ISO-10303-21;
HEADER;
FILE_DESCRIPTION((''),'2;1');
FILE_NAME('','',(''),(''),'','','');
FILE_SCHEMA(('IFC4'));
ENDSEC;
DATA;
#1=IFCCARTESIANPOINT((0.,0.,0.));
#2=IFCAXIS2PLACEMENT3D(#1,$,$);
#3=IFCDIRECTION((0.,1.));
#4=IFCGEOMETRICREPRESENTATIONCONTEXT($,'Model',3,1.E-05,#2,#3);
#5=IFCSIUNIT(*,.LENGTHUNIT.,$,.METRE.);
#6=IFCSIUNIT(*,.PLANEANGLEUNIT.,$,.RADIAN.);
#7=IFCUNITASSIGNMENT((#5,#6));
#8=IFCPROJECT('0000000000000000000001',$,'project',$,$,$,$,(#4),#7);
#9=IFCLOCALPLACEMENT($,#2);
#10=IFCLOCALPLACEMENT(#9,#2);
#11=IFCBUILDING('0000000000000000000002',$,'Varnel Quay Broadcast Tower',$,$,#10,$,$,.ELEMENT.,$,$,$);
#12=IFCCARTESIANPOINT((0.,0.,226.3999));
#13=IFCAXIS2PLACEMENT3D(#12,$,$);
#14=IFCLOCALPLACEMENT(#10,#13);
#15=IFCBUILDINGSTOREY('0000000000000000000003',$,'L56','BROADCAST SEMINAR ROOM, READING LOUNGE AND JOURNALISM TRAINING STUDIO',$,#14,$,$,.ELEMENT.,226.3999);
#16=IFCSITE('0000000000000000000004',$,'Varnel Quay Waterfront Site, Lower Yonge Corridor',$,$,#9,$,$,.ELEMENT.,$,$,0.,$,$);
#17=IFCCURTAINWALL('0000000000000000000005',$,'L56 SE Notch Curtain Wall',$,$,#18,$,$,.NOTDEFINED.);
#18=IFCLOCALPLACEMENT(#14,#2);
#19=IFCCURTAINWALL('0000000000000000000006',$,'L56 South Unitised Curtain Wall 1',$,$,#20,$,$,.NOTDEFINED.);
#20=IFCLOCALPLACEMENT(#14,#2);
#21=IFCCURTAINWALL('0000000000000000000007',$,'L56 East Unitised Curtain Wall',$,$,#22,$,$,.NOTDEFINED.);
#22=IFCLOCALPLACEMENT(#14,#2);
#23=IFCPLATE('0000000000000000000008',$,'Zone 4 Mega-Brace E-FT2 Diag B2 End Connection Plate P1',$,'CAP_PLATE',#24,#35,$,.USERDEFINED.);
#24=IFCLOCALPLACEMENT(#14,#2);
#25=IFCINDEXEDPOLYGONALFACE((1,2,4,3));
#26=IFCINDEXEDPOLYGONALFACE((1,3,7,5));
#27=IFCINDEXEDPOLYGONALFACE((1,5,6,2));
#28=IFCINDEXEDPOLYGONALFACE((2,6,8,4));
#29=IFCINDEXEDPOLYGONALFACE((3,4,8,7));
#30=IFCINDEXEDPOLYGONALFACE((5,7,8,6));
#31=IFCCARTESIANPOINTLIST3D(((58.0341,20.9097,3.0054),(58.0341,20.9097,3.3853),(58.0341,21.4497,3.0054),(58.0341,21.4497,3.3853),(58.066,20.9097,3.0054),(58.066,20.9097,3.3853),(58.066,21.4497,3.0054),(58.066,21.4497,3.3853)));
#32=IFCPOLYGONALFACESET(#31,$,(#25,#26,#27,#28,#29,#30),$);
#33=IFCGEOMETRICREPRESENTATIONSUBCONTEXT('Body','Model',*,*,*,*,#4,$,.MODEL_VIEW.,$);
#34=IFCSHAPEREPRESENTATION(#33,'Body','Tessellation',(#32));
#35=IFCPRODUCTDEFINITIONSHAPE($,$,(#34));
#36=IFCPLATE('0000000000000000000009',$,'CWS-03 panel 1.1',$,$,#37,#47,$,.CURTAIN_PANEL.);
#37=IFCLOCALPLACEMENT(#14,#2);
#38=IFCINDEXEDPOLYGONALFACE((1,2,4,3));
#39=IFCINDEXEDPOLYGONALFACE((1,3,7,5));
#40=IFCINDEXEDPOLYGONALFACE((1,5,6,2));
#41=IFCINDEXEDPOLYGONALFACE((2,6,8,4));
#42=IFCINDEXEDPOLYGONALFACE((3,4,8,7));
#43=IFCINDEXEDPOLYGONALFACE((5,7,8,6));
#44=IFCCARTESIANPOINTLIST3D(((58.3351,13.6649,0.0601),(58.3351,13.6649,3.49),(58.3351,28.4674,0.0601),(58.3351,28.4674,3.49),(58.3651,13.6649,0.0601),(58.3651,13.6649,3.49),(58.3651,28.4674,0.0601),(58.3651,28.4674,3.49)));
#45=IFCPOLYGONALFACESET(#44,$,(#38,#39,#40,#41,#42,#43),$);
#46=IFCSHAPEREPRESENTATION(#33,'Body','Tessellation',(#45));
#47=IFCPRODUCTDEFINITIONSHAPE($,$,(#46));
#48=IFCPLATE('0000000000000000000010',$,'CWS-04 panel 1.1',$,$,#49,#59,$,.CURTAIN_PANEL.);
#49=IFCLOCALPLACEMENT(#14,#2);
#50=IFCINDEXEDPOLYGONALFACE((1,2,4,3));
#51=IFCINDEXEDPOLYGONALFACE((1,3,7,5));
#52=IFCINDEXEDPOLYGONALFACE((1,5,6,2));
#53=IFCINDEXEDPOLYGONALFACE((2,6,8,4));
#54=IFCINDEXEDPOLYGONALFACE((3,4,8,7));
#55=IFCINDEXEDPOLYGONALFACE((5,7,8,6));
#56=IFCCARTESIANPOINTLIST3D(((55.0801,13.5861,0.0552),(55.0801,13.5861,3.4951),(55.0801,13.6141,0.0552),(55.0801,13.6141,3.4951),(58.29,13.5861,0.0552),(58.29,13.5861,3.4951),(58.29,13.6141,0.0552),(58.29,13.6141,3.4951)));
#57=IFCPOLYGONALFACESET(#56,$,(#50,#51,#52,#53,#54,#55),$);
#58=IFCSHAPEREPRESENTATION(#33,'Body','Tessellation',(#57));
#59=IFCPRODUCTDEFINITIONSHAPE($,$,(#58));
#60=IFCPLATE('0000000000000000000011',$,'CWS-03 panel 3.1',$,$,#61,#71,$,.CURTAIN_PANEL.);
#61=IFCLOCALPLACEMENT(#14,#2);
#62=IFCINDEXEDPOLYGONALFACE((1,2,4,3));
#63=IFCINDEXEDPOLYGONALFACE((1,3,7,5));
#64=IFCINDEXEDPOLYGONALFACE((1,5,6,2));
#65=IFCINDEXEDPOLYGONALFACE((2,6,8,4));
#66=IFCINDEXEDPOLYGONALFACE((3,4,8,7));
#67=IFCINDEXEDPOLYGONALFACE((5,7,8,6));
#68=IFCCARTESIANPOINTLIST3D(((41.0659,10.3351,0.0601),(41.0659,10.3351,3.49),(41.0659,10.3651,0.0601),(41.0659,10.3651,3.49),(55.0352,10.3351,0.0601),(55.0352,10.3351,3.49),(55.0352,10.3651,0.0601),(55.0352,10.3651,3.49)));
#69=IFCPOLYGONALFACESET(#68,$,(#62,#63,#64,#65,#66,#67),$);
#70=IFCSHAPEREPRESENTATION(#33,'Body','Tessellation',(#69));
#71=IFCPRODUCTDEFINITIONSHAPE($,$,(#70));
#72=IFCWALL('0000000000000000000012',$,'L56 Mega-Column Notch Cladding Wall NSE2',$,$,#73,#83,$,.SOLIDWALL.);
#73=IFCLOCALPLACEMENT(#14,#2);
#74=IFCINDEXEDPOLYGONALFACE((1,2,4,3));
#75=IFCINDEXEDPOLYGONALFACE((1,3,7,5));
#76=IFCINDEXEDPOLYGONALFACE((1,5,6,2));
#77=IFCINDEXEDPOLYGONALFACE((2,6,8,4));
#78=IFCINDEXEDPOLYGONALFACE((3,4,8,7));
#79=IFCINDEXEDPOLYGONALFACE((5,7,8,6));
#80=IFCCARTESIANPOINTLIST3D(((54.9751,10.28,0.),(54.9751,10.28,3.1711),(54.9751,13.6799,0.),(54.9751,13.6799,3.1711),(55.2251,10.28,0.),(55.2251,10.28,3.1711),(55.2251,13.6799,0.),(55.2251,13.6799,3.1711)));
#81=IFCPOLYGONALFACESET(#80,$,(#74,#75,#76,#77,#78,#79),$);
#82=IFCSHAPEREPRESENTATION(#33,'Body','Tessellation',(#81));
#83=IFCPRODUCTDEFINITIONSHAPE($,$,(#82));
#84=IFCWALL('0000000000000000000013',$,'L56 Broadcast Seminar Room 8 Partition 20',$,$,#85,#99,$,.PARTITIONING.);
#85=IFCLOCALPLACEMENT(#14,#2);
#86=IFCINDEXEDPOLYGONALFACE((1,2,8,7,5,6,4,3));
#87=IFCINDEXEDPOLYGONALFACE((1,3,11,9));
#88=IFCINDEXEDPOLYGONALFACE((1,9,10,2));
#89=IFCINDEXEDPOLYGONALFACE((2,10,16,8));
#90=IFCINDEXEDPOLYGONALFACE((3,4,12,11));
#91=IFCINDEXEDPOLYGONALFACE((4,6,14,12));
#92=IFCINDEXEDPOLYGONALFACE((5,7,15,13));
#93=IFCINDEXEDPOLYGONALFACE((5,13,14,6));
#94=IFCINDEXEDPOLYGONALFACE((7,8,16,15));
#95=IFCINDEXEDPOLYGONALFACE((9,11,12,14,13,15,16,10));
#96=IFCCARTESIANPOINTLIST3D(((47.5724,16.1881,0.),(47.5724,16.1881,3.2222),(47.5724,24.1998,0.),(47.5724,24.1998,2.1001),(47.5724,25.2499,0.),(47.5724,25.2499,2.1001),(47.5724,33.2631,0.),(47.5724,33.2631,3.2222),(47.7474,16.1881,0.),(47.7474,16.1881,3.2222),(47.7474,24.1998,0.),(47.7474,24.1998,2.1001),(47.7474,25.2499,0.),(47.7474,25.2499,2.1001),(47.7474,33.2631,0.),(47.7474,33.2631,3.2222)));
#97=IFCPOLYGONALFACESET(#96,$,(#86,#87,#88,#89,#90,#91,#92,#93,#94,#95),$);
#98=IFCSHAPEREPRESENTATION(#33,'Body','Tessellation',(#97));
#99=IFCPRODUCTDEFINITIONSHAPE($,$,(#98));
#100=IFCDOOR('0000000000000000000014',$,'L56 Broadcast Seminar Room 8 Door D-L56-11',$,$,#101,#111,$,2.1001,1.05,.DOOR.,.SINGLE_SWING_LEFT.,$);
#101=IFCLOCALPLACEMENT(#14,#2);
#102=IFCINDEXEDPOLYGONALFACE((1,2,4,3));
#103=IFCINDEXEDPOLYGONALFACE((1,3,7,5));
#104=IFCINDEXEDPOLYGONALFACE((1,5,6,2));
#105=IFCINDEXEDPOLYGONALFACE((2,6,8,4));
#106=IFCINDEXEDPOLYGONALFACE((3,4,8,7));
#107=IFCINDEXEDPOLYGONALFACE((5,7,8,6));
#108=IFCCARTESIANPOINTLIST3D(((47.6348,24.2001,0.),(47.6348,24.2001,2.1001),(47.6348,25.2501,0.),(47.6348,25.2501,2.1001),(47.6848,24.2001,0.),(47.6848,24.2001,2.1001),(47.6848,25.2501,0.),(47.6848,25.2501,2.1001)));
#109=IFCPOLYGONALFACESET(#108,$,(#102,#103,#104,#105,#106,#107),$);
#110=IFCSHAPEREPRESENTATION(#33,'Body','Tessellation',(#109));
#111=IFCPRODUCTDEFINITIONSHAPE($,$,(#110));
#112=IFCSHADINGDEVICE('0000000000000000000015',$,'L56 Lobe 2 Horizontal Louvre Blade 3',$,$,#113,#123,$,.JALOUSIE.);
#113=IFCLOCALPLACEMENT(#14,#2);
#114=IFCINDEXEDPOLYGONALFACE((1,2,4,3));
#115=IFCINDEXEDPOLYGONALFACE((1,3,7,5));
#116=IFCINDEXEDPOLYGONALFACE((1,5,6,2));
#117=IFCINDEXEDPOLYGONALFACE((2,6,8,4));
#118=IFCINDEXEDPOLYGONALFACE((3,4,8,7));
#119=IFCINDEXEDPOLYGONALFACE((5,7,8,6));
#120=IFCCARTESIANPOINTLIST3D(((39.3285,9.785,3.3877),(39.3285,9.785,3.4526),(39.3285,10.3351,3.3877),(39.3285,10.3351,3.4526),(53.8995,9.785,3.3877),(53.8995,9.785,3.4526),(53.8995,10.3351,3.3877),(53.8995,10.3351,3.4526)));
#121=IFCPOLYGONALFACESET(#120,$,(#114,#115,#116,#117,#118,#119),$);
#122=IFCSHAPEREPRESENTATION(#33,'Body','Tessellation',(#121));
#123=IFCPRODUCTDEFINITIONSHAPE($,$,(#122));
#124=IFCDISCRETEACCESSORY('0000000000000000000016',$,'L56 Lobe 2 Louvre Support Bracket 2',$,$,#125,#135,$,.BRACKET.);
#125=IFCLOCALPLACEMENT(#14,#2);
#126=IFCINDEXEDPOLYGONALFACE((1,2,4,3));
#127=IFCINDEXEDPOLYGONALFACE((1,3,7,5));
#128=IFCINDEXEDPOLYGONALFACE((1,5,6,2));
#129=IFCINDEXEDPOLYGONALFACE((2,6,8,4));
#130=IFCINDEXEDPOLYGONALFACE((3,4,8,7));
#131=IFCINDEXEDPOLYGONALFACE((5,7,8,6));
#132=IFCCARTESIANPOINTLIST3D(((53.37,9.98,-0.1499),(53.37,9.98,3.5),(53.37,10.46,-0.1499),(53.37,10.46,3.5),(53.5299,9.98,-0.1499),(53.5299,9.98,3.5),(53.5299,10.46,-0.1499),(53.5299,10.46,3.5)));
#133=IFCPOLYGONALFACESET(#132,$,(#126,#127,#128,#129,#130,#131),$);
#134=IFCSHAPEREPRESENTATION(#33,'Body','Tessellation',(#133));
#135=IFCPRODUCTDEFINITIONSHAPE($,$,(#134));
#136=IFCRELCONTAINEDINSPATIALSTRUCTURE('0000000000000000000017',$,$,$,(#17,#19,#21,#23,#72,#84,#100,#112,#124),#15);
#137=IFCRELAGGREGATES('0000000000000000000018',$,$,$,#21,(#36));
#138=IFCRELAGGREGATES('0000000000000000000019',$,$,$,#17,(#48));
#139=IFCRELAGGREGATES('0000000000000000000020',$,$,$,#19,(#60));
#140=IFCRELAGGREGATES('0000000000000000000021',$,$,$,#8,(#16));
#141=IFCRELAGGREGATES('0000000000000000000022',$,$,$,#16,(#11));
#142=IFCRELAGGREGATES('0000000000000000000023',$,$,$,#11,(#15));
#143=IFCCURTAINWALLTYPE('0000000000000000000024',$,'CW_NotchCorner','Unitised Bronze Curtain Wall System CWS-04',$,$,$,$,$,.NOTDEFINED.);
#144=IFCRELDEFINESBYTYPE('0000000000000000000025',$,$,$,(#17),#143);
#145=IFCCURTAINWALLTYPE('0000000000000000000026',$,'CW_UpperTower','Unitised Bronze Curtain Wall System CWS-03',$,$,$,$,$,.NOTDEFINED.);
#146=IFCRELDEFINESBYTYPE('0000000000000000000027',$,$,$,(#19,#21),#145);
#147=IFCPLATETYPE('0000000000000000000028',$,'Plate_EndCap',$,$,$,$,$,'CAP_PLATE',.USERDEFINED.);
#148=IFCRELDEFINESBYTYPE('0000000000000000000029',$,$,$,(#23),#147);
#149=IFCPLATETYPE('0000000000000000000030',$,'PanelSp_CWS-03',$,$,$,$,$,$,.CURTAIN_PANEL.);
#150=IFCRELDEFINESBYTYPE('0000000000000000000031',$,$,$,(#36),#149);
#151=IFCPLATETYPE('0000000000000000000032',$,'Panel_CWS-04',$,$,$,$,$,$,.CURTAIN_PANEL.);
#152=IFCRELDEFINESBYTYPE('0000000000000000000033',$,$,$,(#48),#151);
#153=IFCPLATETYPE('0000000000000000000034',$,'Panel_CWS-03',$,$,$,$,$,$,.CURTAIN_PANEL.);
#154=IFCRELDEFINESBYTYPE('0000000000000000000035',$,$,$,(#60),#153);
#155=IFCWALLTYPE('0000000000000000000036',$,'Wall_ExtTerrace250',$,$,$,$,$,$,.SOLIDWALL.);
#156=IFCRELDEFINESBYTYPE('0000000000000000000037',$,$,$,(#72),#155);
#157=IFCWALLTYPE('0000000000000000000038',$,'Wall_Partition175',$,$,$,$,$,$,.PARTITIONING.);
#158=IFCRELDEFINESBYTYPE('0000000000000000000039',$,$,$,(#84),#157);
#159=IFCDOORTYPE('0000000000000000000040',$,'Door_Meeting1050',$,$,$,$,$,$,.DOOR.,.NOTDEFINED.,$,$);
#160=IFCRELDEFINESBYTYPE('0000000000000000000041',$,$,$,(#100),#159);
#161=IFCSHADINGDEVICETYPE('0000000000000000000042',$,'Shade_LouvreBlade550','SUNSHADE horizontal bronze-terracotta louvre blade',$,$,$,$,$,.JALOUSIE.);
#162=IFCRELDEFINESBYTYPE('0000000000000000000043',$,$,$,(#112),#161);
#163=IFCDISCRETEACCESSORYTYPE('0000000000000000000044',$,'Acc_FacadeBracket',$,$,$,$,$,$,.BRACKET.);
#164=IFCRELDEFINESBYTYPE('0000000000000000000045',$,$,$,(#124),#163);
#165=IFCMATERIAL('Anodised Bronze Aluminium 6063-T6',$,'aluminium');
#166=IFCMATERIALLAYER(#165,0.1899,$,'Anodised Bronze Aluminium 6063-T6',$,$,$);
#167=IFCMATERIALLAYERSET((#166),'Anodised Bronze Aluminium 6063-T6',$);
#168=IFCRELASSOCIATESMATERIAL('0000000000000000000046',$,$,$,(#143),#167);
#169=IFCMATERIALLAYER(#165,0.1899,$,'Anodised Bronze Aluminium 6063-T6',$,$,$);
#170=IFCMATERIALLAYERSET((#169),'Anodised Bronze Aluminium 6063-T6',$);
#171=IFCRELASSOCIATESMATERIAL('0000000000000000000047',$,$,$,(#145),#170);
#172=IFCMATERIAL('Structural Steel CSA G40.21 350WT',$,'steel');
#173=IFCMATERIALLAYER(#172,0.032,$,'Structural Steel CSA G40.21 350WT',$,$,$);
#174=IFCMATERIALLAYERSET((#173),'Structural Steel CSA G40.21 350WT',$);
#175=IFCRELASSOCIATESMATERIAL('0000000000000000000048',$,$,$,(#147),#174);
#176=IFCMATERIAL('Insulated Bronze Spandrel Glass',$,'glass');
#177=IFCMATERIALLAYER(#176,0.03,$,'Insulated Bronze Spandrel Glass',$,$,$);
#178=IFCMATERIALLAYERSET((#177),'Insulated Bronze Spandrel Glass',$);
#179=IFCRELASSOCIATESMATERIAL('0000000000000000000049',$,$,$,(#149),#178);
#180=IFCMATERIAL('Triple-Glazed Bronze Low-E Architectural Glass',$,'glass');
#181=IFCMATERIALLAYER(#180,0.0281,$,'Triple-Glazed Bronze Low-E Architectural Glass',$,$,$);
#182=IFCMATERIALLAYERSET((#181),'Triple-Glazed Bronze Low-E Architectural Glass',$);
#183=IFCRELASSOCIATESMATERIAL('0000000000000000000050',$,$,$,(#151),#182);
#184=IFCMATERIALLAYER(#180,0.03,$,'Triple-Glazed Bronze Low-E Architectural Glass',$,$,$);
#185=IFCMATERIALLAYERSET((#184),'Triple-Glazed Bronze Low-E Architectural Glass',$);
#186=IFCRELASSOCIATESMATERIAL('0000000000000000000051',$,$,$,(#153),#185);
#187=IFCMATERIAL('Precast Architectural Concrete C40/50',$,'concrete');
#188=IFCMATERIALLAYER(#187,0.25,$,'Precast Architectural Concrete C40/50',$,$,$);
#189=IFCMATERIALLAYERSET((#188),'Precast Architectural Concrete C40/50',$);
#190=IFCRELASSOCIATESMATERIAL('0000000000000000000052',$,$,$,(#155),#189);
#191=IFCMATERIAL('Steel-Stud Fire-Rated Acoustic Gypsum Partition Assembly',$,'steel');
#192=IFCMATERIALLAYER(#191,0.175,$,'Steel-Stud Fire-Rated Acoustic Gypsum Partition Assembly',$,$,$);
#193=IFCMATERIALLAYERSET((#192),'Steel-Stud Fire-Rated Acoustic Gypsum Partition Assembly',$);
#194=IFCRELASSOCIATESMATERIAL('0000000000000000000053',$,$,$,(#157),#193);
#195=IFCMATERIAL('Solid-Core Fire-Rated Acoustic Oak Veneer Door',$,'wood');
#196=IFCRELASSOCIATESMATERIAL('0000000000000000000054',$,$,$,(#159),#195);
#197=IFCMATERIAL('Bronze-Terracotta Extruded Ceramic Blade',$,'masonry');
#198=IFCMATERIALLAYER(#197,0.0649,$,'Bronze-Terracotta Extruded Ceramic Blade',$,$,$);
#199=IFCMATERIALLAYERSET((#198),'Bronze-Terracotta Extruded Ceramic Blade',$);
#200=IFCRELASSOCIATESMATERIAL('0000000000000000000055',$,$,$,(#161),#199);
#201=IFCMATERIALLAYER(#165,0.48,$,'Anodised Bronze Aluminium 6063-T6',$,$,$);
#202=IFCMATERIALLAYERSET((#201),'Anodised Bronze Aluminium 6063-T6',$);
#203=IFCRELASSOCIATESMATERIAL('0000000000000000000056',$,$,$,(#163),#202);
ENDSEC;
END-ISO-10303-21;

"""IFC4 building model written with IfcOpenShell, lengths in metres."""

from ifc_helpers import new_model, si_unit, direction, frame, frame_2d, origin, origin_2d, place, context, subcontext, project, spatial, rectangle, extrude, source, transform, mapped, material, layer, layer_set, type_object, type_shapes, element, fill, aggregate, save


model = new_model("IFC4")

# Units and contexts
model_context = context("Model", 3, precision=1e-05, world=origin(), true_north=direction((0.0, 1.0)))
body_context = subcontext(model_context, "Body", "Model", "MODEL_VIEW")
ifc_project = project(units=[si_unit("LENGTHUNIT", "METRE"), si_unit("PLANEANGLEUNIT", "RADIAN")], contexts=[model_context])

# Site, building, storey
site_placement = place(None, origin())
site = spatial("IfcSite", under=ifc_project, at=site_placement, Name="Varnel Quay Waterfront Site, Lower Yonge Corridor", CompositionType="ELEMENT", RefElevation=0.0)
building_placement = place(site_placement, origin())
building = spatial("IfcBuilding", under=site, at=building_placement, Name="Varnel Quay Broadcast Tower", CompositionType="ELEMENT")
storey_placement = place(building_placement, frame((0.0, 0.0, 226.3999)))
storey = spatial("IfcBuildingStorey", under=building, at=storey_placement, Name="L56", Description="BROADCAST SEMINAR ROOM, READING LOUNGE AND JOURNALISM TRAINING STUDIO", CompositionType="ELEMENT", Elevation=226.3999)

# Shared definitions
ifc_material_1 = material(Name="Structural Steel CSA G40.21 350WT", Category="steel")

# Curtain wall
ifc_material_2 = material(Name="Anodised Bronze Aluminium 6063-T6", Category="aluminium")
ifc_layer_1 = layer(ifc_material_2, 0.1899, Name="Anodised Bronze Aluminium 6063-T6")
ifc_layer_set_1 = layer_set([ifc_layer_1], Name="Anodised Bronze Aluminium 6063-T6")
curtain_wall_type_1 = type_object("IfcCurtainWallType", Name="CW_NotchCorner", Description="Unitised Bronze Curtain Wall System CWS-04", PredefinedType="NOTDEFINED", material=ifc_layer_set_1)
curtain_wall_1_placement = place(storey_placement, origin())
curtain_wall_1 = element("IfcCurtainWall", 1, at=curtain_wall_1_placement, inside=storey, type_object=curtain_wall_type_1, Name="L56 SE Notch Curtain Wall", PredefinedType="NOTDEFINED")

# Curtain wall
ifc_layer_2 = layer(ifc_material_2, 0.1899, Name="Anodised Bronze Aluminium 6063-T6")
ifc_layer_set_2 = layer_set([ifc_layer_2], Name="Anodised Bronze Aluminium 6063-T6")
curtain_wall_type_2 = type_object("IfcCurtainWallType", Name="CW_UpperTower", Description="Unitised Bronze Curtain Wall System CWS-03", PredefinedType="NOTDEFINED", material=ifc_layer_set_2)
curtain_wall_2_placement = place(storey_placement, origin())
curtain_wall_2 = element("IfcCurtainWall", 2, at=curtain_wall_2_placement, inside=storey, type_object=curtain_wall_type_2, Name="L56 South Unitised Curtain Wall 1", PredefinedType="NOTDEFINED")

# Curtain wall
curtain_wall_3_placement = place(storey_placement, origin())
curtain_wall_3 = element("IfcCurtainWall", 3, at=curtain_wall_3_placement, inside=storey, type_object=curtain_wall_type_2, Name="L56 East Unitised Curtain Wall", PredefinedType="NOTDEFINED")

# Plate
ifc_layer_3 = layer(ifc_material_1, 0.032, Name="Structural Steel CSA G40.21 350WT")
ifc_layer_set_3 = layer_set([ifc_layer_3], Name="Structural Steel CSA G40.21 350WT")
plate_type_1 = type_object("IfcPlateType", Name="Plate_EndCap", ElementType="CAP_PLATE", PredefinedType="USERDEFINED", material=ifc_layer_set_3)
shared_shape_1 = source(origin(), body_context, "Body", "SweptSolid", [
    extrude(rectangle(XDim=0.54, YDim=0.032, at=origin_2d()), origin(), (0.0, 0.0, 1.0), 0.3799),
])
type_shapes(plate_type_1, [shared_shape_1])
for number, where, z_axis, x_axis, name in (
    (4, (58.05, 21.1797, 3.0054), (0.0, 0.0, 1.0), (0.0, 1.0, 0.0), "Zone 4 Mega-Brace E-FT2 Diag B2 End Connection Plate P1"),
):
    element("IfcPlate", number, at=place(storey_placement, frame(where, z_axis=z_axis, x_axis=x_axis)), inside=storey, type_object=plate_type_1, Name=name, ObjectType="CAP_PLATE", PredefinedType="USERDEFINED", context=body_context, shape_type="MappedRepresentation", body=[
        mapped(shared_shape_1, transform((0.0, 0.0, 0.0), x_axis=(1.0, 0.0, 0.0), y_axis=(0.0, 1.0, 0.0), z_axis=(0.0, 0.0, 1.0), scale=1.0)),
    ])

# Plates
ifc_material_3 = material(Name="Insulated Bronze Spandrel Glass", Category="glass")
ifc_layer_4 = layer(ifc_material_3, 0.03, Name="Insulated Bronze Spandrel Glass")
ifc_layer_set_4 = layer_set([ifc_layer_4], Name="Insulated Bronze Spandrel Glass")
plate_type_2 = type_object("IfcPlateType", Name="PanelSp_CWS-03", PredefinedType="CURTAIN_PANEL", material=ifc_layer_set_4)
shared_shape_2 = source(origin(), body_context, "Body", "SweptSolid", [
    extrude(rectangle(XDim=14.8025, YDim=0.03, at=origin_2d()), origin(), (0.0, 0.0, 1.0), 3.4299),
])
type_shapes(plate_type_2, [shared_shape_2])
plate_1_placement = place(storey_placement, frame((58.3501, 21.0662, 0.0601), z_axis=(0.0, 0.0, 1.0), x_axis=(0.0, 1.0, 0.0)))
plate_1 = element("IfcPlate", 5, at=plate_1_placement, type_object=plate_type_2, Name="CWS-03 panel 1.1", PredefinedType="CURTAIN_PANEL", context=body_context, shape_type="MappedRepresentation", body=[
    mapped(shared_shape_2, transform((0.0, 0.0, 0.0), x_axis=(1.0, 0.0, 0.0), y_axis=(0.0, 1.0, 0.0), z_axis=(0.0, 0.0, 1.0), scale=1.0)),
])
aggregate(curtain_wall_3, [plate_1])
ifc_material_4 = material(Name="Triple-Glazed Bronze Low-E Architectural Glass", Category="glass")
ifc_layer_5 = layer(ifc_material_4, 0.0281, Name="Triple-Glazed Bronze Low-E Architectural Glass")
ifc_layer_set_5 = layer_set([ifc_layer_5], Name="Triple-Glazed Bronze Low-E Architectural Glass")
plate_type_3 = type_object("IfcPlateType", Name="Panel_CWS-04", PredefinedType="CURTAIN_PANEL", material=ifc_layer_set_5)
shared_shape_3 = source(origin(), body_context, "Body", "SweptSolid", [
    extrude(rectangle(XDim=3.21, YDim=0.0281, at=origin_2d()), origin(), (0.0, 0.0, 1.0), 3.4399),
])
type_shapes(plate_type_3, [shared_shape_3])
plate_2_placement = place(storey_placement, frame((56.6851, 13.6001, 0.0552), z_axis=(0.0, 0.0, 1.0), x_axis=(1.0, 0.0, 0.0)))
plate_2 = element("IfcPlate", 6, at=plate_2_placement, type_object=plate_type_3, Name="CWS-04 panel 1.1", PredefinedType="CURTAIN_PANEL", context=body_context, shape_type="MappedRepresentation", body=[
    mapped(shared_shape_3, transform((0.0, 0.0, 0.0), x_axis=(1.0, 0.0, 0.0), y_axis=(0.0, 1.0, 0.0), z_axis=(0.0, 0.0, 1.0), scale=1.0)),
])
aggregate(curtain_wall_1, [plate_2])
ifc_layer_6 = layer(ifc_material_4, 0.03, Name="Triple-Glazed Bronze Low-E Architectural Glass")
ifc_layer_set_6 = layer_set([ifc_layer_6], Name="Triple-Glazed Bronze Low-E Architectural Glass")
plate_type_4 = type_object("IfcPlateType", Name="Panel_CWS-03", PredefinedType="CURTAIN_PANEL", material=ifc_layer_set_6)
shared_shape_4 = source(origin(), body_context, "Body", "SweptSolid", [
    extrude(rectangle(XDim=13.9692, YDim=0.03, at=origin_2d()), origin(), (0.0, 0.0, 1.0), 3.4299),
])
type_shapes(plate_type_4, [shared_shape_4])
plate_3_placement = place(storey_placement, frame((48.0505, 10.3501, 0.0601), z_axis=(0.0, 0.0, 1.0), x_axis=(1.0, 0.0, 0.0)))
plate_3 = element("IfcPlate", 7, at=plate_3_placement, type_object=plate_type_4, Name="CWS-03 panel 3.1", PredefinedType="CURTAIN_PANEL", context=body_context, shape_type="MappedRepresentation", body=[
    mapped(shared_shape_4, transform((0.0, 0.0, 0.0), x_axis=(1.0, 0.0, 0.0), y_axis=(0.0, 1.0, 0.0), z_axis=(0.0, 0.0, 1.0), scale=1.0)),
])
aggregate(curtain_wall_2, [plate_3])

# Wall
ifc_material_5 = material(Name="Precast Architectural Concrete C40/50", Category="concrete")
ifc_layer_7 = layer(ifc_material_5, 0.25, Name="Precast Architectural Concrete C40/50")
ifc_layer_set_7 = layer_set([ifc_layer_7], Name="Precast Architectural Concrete C40/50")
wall_type_1 = type_object("IfcWallType", Name="Wall_ExtTerrace250", PredefinedType="SOLIDWALL", material=ifc_layer_set_7)
wall_1_placement = place(storey_placement, frame((55.1001, 10.28, 0.0), z_axis=(0.0, 0.0, 1.0), x_axis=(0.0, 1.0, 0.0)))
element("IfcWall", 8, at=wall_1_placement, inside=storey, type_object=wall_type_1, Name="L56 Mega-Column Notch Cladding Wall NSE2", PredefinedType="SOLIDWALL", context=body_context, shape_type="SweptSolid", body=[
    extrude(rectangle(XDim=3.3999, YDim=0.25, at=frame_2d((1.7, 0.0))), origin(), (0.0, 0.0, 1.0), 3.1711),
])

# Wall, opening, door
ifc_material_6 = material(Name="Steel-Stud Fire-Rated Acoustic Gypsum Partition Assembly", Category="steel")
ifc_layer_8 = layer(ifc_material_6, 0.175, Name="Steel-Stud Fire-Rated Acoustic Gypsum Partition Assembly")
ifc_layer_set_8 = layer_set([ifc_layer_8], Name="Steel-Stud Fire-Rated Acoustic Gypsum Partition Assembly")
wall_type_2 = type_object("IfcWallType", Name="Wall_Partition175", PredefinedType="PARTITIONING", material=ifc_layer_set_8)
wall_2_placement = place(storey_placement, frame((47.6599, 16.188, 0.0), z_axis=(0.0, 0.0, 1.0), x_axis=(0.0, 1.0, 0.0)))
wall_2 = element("IfcWall", 9, at=wall_2_placement, inside=storey, type_object=wall_type_2, Name="L56 Broadcast Seminar Room 8 Partition 20", PredefinedType="PARTITIONING", context=body_context, shape_type="SweptSolid", body=[
    extrude(rectangle(XDim=17.075, YDim=0.175, at=frame_2d((8.5376, 0.0))), origin(), (0.0, 0.0, 1.0), 3.2222),
])
opening_placement = place(wall_2_placement, frame((8.012, 0.0, 0.0)))
opening = element("IfcOpeningElement", 10, at=opening_placement, cuts=wall_2, PredefinedType="OPENING", context=body_context, shape_type="SweptSolid", body=[
    extrude(rectangle(XDim=1.05, YDim=2.1001, at=frame_2d((0.5249, 1.05))), frame((0.0, 0.0977, 0.0), z_axis=(0.0, -1.0, 0.0), x_axis=(1.0, 0.0, 0.0)), (0.0, 0.0, 1.0), 0.1951),
])
ifc_material_7 = material(Name="Solid-Core Fire-Rated Acoustic Oak Veneer Door", Category="wood")
door_type = type_object("IfcDoorType", Name="Door_Meeting1050", OperationType="NOTDEFINED", PredefinedType="DOOR", material=ifc_material_7)
shared_shape_5 = source(origin(), body_context, "Body", "SweptSolid", [
    extrude(rectangle(XDim=1.05, YDim=2.1001, at=frame_2d((0.5249, 1.05))), frame((0.0, 0.0249, 0.0), z_axis=(0.0, -1.0, 0.0), x_axis=(1.0, 0.0, 0.0)), (0.0, 0.0, 1.0), 0.05),
])
type_shapes(door_type, [shared_shape_5])
door_placement = place(opening_placement, frame((1.05, 0.0, 0.0), z_axis=(0.0, 0.0, 1.0), x_axis=(-1.0, 0.0, 0.0)))
door = element("IfcDoor", 11, at=door_placement, inside=storey, type_object=door_type, Name="L56 Broadcast Seminar Room 8 Door D-L56-11", OperationType="SINGLE_SWING_LEFT", OverallHeight=2.1001, OverallWidth=1.05, PredefinedType="DOOR", context=body_context, shape_type="MappedRepresentation", body=[
    mapped(shared_shape_5, transform((0.0, 0.0, 0.0), x_axis=(1.0, 0.0, 0.0), y_axis=(0.0, 1.0, 0.0), z_axis=(0.0, 0.0, 1.0), scale=1.0)),
])
fill(opening, door)

# Shading device
ifc_material_8 = material(Name="Bronze-Terracotta Extruded Ceramic Blade", Category="masonry")
ifc_layer_9 = layer(ifc_material_8, 0.0649, Name="Bronze-Terracotta Extruded Ceramic Blade")
ifc_layer_set_9 = layer_set([ifc_layer_9], Name="Bronze-Terracotta Extruded Ceramic Blade")
shading_device_type = type_object("IfcShadingDeviceType", Name="Shade_LouvreBlade550", Description="SUNSHADE horizontal bronze-terracotta louvre blade", PredefinedType="JALOUSIE", material=ifc_layer_set_9)
shared_shape_6 = source(origin(), body_context, "Body", "SweptSolid", [
    extrude(rectangle(XDim=14.571, YDim=0.55, at=origin_2d()), origin(), (0.0, 0.0, 1.0), 0.0649),
])
type_shapes(shading_device_type, [shared_shape_6])
shading_device_placement = place(storey_placement, frame((46.614, 10.0601, 3.3877), z_axis=(0.0, 0.0, 1.0), x_axis=(1.0, 0.0, 0.0)))
element("IfcShadingDevice", 12, at=shading_device_placement, inside=storey, type_object=shading_device_type, Name="L56 Lobe 2 Horizontal Louvre Blade 3", PredefinedType="JALOUSIE", context=body_context, shape_type="MappedRepresentation", body=[
    mapped(shared_shape_6, transform((0.0, 0.0, 0.0), x_axis=(1.0, 0.0, 0.0), y_axis=(0.0, 1.0, 0.0), z_axis=(0.0, 0.0, 1.0), scale=1.0)),
])

# Discrete accessory
ifc_layer_10 = layer(ifc_material_2, 0.48, Name="Anodised Bronze Aluminium 6063-T6")
ifc_layer_set_10 = layer_set([ifc_layer_10], Name="Anodised Bronze Aluminium 6063-T6")
discrete_accessory_type = type_object("IfcDiscreteAccessoryType", Name="Acc_FacadeBracket", PredefinedType="BRACKET", material=ifc_layer_set_10)
shared_shape_7 = source(origin(), body_context, "Body", "SweptSolid", [
    extrude(rectangle(XDim=0.1599, YDim=0.48, at=origin_2d()), origin(), (0.0, 0.0, 1.0), 3.6499),
])
type_shapes(discrete_accessory_type, [shared_shape_7])
discrete_accessory_placement = place(storey_placement, frame((53.45, 10.22, -0.1499), z_axis=(0.0, 0.0, 1.0), x_axis=(1.0, 0.0, 0.0)))
element("IfcDiscreteAccessory", 13, at=discrete_accessory_placement, inside=storey, type_object=discrete_accessory_type, Name="L56 Lobe 2 Louvre Support Bracket 2", PredefinedType="BRACKET", context=body_context, shape_type="MappedRepresentation", body=[
    mapped(shared_shape_7, transform((0.0, 0.0, 0.0), x_axis=(1.0, 0.0, 0.0), y_axis=(0.0, 1.0, 0.0), z_axis=(0.0, 0.0, 1.0), scale=1.0)),
])

save(model, "model.ifc")
